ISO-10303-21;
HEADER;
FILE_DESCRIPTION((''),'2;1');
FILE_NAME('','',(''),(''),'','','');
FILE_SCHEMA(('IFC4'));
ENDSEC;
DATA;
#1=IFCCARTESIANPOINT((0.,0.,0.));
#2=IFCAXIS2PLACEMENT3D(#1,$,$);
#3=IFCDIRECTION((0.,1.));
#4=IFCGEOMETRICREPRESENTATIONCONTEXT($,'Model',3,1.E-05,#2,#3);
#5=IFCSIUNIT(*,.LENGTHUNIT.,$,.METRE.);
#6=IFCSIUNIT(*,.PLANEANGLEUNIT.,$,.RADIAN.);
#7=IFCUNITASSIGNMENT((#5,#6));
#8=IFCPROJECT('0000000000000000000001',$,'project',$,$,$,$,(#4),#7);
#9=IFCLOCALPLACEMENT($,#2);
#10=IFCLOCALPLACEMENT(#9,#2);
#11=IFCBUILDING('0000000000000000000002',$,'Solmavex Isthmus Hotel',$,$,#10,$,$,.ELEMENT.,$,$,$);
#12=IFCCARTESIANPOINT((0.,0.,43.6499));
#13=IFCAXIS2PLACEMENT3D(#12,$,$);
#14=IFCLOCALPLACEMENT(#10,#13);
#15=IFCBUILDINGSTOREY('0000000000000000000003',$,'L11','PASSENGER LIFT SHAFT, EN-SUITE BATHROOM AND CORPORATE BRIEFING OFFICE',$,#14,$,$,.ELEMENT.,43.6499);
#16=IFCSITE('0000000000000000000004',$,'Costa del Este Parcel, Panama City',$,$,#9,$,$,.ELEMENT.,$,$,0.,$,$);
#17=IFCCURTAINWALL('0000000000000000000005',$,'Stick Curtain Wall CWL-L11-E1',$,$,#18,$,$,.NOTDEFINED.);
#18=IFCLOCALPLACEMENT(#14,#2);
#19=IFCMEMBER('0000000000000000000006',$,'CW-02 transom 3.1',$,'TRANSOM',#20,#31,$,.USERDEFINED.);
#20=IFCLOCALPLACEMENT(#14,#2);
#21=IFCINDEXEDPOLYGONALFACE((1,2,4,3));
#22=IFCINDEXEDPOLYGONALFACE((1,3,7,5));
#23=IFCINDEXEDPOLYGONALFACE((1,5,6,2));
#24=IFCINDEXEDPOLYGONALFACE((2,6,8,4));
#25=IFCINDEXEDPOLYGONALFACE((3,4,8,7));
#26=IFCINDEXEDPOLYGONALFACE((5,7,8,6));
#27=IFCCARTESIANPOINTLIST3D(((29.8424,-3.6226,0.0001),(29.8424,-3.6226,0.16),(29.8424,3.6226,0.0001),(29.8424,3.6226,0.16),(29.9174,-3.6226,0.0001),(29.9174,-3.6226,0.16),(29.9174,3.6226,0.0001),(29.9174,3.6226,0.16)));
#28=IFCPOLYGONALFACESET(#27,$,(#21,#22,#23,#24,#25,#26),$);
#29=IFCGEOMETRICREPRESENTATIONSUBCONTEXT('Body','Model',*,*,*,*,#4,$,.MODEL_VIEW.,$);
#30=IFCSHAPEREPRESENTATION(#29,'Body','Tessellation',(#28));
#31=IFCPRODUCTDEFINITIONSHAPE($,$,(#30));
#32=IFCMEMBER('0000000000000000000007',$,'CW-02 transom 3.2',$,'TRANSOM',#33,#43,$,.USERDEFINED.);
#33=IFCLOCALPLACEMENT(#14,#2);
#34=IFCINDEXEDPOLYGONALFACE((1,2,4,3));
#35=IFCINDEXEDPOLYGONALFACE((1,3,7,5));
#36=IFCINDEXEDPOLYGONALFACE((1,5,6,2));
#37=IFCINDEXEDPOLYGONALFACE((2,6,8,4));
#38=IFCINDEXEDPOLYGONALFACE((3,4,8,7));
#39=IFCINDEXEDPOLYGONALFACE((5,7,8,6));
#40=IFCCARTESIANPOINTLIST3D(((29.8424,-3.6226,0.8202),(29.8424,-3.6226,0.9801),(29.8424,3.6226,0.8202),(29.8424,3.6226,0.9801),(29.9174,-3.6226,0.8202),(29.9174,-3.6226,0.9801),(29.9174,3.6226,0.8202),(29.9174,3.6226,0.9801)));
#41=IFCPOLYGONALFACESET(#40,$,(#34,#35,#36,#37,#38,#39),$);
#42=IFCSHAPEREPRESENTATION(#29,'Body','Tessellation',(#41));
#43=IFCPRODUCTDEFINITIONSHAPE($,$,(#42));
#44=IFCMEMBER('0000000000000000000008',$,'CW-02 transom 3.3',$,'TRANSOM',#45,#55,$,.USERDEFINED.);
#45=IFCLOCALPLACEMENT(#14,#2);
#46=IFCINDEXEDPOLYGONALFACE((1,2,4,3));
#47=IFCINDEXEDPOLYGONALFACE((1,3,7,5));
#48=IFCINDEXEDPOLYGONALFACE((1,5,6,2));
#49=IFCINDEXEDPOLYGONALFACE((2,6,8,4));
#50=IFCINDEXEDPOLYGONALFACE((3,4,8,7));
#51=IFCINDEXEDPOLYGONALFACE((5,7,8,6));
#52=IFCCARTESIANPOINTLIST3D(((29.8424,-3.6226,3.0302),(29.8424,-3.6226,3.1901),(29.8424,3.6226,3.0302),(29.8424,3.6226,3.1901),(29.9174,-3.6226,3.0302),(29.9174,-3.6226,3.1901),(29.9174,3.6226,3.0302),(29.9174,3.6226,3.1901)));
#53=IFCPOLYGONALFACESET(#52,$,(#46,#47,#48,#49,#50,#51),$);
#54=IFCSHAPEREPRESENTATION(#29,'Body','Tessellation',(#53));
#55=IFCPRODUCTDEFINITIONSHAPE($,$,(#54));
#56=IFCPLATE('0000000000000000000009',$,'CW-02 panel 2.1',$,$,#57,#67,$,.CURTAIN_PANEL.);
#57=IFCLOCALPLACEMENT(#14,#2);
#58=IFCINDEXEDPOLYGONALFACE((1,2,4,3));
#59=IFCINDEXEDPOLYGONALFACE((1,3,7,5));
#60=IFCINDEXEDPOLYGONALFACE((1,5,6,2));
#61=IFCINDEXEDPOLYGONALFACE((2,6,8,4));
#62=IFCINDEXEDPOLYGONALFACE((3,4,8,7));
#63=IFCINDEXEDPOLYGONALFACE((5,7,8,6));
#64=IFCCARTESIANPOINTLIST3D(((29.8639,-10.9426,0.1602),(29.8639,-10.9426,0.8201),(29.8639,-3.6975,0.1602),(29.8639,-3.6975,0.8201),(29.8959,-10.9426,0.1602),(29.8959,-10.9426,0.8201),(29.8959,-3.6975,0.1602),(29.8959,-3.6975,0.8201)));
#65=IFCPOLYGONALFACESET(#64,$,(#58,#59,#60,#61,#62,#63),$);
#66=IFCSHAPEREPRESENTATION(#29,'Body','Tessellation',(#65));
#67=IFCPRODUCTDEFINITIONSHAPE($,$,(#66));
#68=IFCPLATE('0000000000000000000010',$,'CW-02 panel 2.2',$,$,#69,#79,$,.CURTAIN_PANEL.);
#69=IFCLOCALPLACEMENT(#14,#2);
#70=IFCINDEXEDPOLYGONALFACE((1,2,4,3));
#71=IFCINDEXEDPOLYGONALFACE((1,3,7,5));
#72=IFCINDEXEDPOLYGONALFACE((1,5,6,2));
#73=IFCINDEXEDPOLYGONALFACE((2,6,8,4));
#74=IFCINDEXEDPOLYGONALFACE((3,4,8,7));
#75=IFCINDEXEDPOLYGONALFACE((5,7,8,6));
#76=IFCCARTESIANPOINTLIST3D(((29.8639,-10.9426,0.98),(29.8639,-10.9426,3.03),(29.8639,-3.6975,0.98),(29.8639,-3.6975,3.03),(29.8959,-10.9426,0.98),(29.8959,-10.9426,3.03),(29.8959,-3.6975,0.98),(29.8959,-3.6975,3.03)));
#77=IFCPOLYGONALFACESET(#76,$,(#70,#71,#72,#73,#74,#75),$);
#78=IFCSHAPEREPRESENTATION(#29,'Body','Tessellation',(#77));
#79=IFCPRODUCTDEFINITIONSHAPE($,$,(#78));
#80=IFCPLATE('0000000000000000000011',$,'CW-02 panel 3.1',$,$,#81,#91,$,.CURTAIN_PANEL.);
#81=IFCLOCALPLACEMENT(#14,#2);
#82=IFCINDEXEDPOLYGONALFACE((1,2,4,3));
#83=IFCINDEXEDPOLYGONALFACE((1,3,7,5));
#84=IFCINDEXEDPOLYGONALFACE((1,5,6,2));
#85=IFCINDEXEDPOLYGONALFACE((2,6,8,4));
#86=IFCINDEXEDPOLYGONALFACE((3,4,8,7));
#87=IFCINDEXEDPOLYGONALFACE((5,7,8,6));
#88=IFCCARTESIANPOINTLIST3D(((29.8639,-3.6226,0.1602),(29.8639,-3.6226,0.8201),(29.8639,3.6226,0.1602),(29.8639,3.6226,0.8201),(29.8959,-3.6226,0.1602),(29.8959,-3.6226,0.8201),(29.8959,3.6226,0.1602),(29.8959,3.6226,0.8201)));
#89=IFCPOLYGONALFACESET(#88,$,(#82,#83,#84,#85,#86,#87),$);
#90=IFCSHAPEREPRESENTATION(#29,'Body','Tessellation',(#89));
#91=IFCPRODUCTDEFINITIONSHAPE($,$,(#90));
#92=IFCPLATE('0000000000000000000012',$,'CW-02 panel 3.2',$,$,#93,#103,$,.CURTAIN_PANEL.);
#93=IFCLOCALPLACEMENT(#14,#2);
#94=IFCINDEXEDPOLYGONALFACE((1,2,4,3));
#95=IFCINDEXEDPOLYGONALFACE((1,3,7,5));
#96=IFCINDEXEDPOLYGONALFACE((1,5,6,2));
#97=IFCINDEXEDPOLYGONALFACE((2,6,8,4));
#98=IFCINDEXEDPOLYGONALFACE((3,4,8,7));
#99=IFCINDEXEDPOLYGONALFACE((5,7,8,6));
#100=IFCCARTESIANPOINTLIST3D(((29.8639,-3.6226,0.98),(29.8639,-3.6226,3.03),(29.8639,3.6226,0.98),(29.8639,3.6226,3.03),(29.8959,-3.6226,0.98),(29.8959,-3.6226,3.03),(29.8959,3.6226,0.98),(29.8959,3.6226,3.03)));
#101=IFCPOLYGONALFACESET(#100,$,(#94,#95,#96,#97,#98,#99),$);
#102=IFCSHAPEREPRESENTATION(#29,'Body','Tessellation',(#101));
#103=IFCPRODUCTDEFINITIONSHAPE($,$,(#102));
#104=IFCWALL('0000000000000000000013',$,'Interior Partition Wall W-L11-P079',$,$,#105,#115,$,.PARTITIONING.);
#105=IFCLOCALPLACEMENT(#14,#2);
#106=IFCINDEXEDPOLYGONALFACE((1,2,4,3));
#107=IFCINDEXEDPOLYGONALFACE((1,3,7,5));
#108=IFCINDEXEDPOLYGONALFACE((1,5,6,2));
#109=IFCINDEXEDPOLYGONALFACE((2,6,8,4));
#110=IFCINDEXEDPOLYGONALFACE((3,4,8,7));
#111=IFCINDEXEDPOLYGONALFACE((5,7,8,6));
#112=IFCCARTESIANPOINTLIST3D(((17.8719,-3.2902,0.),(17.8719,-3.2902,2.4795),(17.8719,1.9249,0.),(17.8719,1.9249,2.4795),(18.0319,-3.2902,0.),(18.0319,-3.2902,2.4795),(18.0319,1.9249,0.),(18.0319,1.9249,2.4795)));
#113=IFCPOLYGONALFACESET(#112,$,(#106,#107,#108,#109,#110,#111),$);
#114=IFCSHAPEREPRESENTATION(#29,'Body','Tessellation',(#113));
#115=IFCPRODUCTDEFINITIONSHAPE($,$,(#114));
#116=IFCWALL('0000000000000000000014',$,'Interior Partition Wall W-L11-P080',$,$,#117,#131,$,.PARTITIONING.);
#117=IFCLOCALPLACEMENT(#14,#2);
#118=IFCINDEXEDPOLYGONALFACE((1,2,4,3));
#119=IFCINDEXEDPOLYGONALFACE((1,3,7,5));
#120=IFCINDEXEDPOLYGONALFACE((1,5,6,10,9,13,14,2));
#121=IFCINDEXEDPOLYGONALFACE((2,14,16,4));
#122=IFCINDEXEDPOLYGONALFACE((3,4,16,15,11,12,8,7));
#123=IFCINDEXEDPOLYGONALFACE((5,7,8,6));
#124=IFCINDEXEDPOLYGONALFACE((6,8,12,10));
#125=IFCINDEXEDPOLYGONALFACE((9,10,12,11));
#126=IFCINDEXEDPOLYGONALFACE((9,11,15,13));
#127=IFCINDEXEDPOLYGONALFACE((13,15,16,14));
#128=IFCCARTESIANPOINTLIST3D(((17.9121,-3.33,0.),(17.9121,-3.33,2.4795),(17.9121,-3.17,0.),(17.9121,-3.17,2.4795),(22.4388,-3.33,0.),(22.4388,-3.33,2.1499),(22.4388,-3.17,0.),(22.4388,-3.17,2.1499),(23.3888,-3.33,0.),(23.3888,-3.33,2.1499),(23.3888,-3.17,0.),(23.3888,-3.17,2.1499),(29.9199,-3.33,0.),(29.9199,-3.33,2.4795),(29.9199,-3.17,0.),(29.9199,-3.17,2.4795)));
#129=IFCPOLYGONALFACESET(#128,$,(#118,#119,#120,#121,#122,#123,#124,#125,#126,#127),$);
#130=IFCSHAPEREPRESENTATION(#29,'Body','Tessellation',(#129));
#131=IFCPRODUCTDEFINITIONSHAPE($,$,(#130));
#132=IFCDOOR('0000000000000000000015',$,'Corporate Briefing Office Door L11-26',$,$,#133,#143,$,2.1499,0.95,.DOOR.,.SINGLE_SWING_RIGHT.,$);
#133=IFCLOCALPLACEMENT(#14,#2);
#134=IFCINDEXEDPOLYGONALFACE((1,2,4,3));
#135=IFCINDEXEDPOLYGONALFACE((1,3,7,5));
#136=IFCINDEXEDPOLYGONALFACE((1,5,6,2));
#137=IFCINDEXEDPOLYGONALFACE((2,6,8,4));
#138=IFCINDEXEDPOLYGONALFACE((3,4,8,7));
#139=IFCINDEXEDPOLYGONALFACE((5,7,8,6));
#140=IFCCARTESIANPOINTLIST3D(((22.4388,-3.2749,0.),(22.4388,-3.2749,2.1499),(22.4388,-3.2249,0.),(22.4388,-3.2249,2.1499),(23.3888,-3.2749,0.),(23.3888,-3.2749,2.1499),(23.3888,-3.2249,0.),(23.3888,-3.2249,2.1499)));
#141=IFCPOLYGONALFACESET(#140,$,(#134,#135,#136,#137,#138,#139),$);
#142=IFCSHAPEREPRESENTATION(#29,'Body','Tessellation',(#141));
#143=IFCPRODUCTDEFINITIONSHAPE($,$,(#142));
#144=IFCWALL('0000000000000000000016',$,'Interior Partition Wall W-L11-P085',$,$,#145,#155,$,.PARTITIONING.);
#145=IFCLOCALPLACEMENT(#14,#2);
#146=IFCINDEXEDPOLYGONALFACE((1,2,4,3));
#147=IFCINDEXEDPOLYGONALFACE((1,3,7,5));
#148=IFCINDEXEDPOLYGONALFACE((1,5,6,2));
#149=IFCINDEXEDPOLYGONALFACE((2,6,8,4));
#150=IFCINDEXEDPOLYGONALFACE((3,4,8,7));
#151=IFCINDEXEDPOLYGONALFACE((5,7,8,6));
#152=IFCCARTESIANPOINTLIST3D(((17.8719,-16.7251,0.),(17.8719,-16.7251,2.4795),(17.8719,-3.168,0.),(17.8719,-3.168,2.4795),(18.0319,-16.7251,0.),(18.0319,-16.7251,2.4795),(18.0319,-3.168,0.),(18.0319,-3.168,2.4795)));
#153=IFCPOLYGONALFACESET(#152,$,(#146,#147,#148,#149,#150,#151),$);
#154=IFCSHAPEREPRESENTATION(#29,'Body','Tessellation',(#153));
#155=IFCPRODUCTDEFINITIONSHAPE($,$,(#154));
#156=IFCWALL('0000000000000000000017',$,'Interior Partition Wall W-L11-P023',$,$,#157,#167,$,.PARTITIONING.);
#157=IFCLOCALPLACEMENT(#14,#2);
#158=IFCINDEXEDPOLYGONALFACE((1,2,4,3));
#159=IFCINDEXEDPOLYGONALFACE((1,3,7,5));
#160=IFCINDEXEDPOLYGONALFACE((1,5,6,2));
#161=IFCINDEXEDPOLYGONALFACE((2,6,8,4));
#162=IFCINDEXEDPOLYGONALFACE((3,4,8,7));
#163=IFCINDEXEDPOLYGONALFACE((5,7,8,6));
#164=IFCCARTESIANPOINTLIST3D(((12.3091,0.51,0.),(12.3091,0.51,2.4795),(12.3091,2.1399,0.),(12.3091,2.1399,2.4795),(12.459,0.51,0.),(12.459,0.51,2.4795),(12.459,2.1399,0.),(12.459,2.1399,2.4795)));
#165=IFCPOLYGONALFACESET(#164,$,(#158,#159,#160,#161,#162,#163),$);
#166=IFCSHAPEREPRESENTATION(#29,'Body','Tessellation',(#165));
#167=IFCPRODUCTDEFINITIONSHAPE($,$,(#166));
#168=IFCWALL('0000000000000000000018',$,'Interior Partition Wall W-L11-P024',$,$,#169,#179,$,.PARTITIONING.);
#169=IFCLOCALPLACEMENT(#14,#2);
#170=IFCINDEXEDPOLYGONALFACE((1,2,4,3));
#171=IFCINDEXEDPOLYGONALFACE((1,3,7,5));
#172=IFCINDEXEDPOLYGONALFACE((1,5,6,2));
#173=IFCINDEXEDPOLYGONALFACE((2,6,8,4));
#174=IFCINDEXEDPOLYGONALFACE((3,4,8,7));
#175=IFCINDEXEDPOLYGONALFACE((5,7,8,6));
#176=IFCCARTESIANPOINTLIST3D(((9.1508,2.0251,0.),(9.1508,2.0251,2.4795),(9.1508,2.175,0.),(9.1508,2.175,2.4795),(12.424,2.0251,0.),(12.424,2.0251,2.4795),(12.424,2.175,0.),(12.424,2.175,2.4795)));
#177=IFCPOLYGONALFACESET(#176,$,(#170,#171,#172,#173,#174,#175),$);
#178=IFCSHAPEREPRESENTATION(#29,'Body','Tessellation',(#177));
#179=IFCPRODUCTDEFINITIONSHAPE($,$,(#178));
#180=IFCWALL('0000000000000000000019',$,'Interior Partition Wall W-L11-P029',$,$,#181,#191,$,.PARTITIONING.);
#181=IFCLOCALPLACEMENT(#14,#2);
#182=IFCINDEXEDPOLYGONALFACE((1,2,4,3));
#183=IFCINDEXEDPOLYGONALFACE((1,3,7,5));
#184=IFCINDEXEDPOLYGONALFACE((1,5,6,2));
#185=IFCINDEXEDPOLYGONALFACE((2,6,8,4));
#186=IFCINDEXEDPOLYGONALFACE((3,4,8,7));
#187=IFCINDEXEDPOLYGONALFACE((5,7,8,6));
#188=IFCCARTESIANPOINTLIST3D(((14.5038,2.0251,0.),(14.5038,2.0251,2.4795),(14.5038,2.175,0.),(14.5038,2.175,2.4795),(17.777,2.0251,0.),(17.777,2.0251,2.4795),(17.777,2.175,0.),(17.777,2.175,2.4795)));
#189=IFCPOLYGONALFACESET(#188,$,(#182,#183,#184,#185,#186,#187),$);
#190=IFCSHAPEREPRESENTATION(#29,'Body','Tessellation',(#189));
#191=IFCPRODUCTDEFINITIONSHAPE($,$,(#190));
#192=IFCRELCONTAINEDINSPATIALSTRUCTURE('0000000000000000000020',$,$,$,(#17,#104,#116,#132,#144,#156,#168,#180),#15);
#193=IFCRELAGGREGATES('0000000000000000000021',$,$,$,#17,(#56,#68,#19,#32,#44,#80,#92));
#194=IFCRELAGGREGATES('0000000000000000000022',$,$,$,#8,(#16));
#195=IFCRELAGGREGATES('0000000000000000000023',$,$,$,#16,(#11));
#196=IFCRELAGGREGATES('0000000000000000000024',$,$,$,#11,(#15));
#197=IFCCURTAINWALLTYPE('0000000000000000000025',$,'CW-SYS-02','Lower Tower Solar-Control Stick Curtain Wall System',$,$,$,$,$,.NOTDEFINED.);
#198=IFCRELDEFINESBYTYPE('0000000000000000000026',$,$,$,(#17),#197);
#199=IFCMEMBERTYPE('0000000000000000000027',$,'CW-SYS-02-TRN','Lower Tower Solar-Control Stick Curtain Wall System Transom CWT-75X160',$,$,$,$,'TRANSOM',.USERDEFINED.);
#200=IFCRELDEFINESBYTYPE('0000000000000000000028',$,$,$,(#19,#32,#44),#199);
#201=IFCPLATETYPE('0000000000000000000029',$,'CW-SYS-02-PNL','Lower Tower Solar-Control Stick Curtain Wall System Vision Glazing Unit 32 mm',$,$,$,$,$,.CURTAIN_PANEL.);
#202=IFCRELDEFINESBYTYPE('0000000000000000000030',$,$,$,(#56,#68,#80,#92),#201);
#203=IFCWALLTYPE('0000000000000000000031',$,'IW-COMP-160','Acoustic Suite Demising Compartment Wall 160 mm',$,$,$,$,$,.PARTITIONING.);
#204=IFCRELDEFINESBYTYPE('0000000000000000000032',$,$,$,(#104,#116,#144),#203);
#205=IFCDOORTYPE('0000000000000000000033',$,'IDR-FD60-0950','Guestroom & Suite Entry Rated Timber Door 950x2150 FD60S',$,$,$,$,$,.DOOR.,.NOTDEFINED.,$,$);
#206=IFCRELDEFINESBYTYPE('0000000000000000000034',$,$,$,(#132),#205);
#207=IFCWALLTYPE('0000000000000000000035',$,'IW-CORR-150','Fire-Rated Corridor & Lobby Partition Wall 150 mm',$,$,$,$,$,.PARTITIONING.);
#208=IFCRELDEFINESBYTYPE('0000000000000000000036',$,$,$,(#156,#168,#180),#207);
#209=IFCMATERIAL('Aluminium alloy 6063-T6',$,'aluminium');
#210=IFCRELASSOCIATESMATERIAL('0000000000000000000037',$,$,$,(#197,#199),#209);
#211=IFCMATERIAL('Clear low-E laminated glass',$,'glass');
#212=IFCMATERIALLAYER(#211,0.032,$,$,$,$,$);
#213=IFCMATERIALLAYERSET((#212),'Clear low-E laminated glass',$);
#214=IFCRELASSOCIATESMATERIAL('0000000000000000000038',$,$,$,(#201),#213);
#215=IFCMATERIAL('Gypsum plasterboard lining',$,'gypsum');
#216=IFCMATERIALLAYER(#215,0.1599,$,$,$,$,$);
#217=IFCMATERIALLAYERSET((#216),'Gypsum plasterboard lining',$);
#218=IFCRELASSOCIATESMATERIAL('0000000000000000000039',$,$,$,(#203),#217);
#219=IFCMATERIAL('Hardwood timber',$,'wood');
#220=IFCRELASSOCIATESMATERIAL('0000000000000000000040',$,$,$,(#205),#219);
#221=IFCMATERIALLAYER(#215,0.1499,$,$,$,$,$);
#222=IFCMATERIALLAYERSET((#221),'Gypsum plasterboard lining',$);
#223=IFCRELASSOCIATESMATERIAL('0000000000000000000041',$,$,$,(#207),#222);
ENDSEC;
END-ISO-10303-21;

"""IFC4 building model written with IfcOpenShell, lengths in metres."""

from ifc_helpers import new_model, si_unit, direction, frame, frame_2d, origin, origin_2d, place, context, subcontext, project, spatial, rectangle, extrude, material, layer, layer_set, material_profile, profile_set, type_object, element, fill, aggregate, save


model = new_model("IFC4")

# Units and contexts
model_context = context("Model", 3, precision=1e-05, world=origin(), true_north=direction((0.0, 1.0)))
body_context = subcontext(model_context, "Body", "Model", "MODEL_VIEW")
ifc_project = project(units=[si_unit("LENGTHUNIT", "METRE"), si_unit("PLANEANGLEUNIT", "RADIAN")], contexts=[model_context])

# Site, building, storey
site_placement = place(None, origin())
site = spatial("IfcSite", under=ifc_project, at=site_placement, Name="Costa del Este Parcel, Panama City", CompositionType="ELEMENT", RefElevation=0.0)
building_placement = place(site_placement, origin())
building = spatial("IfcBuilding", under=site, at=building_placement, Name="Solmavex Isthmus Hotel", CompositionType="ELEMENT")
storey_placement = place(building_placement, frame((0.0, 0.0, 43.6499)))
storey = spatial("IfcBuildingStorey", under=building, at=storey_placement, Name="L11", Description="PASSENGER LIFT SHAFT, EN-SUITE BATHROOM AND CORPORATE BRIEFING OFFICE", CompositionType="ELEMENT", Elevation=43.6499)

# Curtain wall, members, plates
ifc_material_1 = material(Name="Aluminium alloy 6063-T6", Category="aluminium")
curtain_wall_type = type_object("IfcCurtainWallType", Name="CW-SYS-02", Description="Lower Tower Solar-Control Stick Curtain Wall System", PredefinedType="NOTDEFINED", material=ifc_material_1)
curtain_wall_placement = place(storey_placement, origin())
curtain_wall = element("IfcCurtainWall", 1, at=curtain_wall_placement, inside=storey, type_object=curtain_wall_type, Name="Stick Curtain Wall CWL-L11-E1", PredefinedType="NOTDEFINED")
ifc_material_profile_1 = material_profile(ifc_material_1, rectangle(XDim=0.075, YDim=0.1599, at=origin_2d()), Name="CWT-75X160")
ifc_profile_set_1 = profile_set([ifc_material_profile_1], Name="Aluminium alloy 6063-T6")
member_type_1 = type_object("IfcMemberType", Name="CW-SYS-02-TRN", Description="Lower Tower Solar-Control Stick Curtain Wall System Transom CWT-75X160", ElementType="TRANSOM", PredefinedType="USERDEFINED", material=ifc_profile_set_1)
member_1_placement = place(storey_placement, frame((29.8799, -3.6226, 0.0801), z_axis=(0.0, 1.0, 0.0), x_axis=(-1.0, 0.0, 0.0)))
member_1 = element("IfcMember", 2, at=member_1_placement, type_object=member_type_1, Name="CW-02 transom 3.1", ObjectType="TRANSOM", PredefinedType="USERDEFINED", context=body_context, shape_type="SweptSolid", body=[
    extrude(rectangle(XDim=0.075, YDim=0.1599, at=origin_2d()), origin(), (0.0, 0.0, 1.0), 7.2451),
])
member_2_placement = place(storey_placement, frame((29.8799, -3.6226, 0.9001), z_axis=(0.0, 1.0, 0.0), x_axis=(-1.0, 0.0, 0.0)))
member_2 = element("IfcMember", 3, at=member_2_placement, type_object=member_type_1, Name="CW-02 transom 3.2", ObjectType="TRANSOM", PredefinedType="USERDEFINED", context=body_context, shape_type="SweptSolid", body=[
    extrude(rectangle(XDim=0.075, YDim=0.1599, at=origin_2d()), origin(), (0.0, 0.0, 1.0), 7.2451),
])
member_3_placement = place(storey_placement, frame((29.8799, -3.6226, 3.1101), z_axis=(0.0, 1.0, 0.0), x_axis=(-1.0, 0.0, 0.0)))
member_3 = element("IfcMember", 4, at=member_3_placement, type_object=member_type_1, Name="CW-02 transom 3.3", ObjectType="TRANSOM", PredefinedType="USERDEFINED", context=body_context, shape_type="SweptSolid", body=[
    extrude(rectangle(XDim=0.075, YDim=0.1599, at=origin_2d()), origin(), (0.0, 0.0, 1.0), 7.2451),
])
ifc_material_2 = material(Name="Clear low-E laminated glass", Category="glass")
ifc_layer_1 = layer(ifc_material_2, 0.032)
ifc_layer_set_1 = layer_set([ifc_layer_1], Name="Clear low-E laminated glass")
plate_type = type_object("IfcPlateType", Name="CW-SYS-02-PNL", Description="Lower Tower Solar-Control Stick Curtain Wall System Vision Glazing Unit 32 mm", PredefinedType="CURTAIN_PANEL", material=ifc_layer_set_1)
plate_1_placement = place(storey_placement, frame((29.8799, -7.3201, 0.1602), z_axis=(0.0, 0.0, 1.0), x_axis=(0.0, 1.0, 0.0)))
plate_1 = element("IfcPlate", 5, at=plate_1_placement, type_object=plate_type, Name="CW-02 panel 2.1", PredefinedType="CURTAIN_PANEL", context=body_context, shape_type="SweptSolid", body=[
    extrude(rectangle(XDim=7.2451, YDim=0.032, at=origin_2d()), origin(), (0.0, 0.0, 1.0), 0.6599),
])
plate_2_placement = place(storey_placement, frame((29.8799, -7.3201, 0.98), z_axis=(0.0, 0.0, 1.0), x_axis=(0.0, 1.0, 0.0)))
plate_2 = element("IfcPlate", 6, at=plate_2_placement, type_object=plate_type, Name="CW-02 panel 2.2", PredefinedType="CURTAIN_PANEL", context=body_context, shape_type="SweptSolid", body=[
    extrude(rectangle(XDim=7.2451, YDim=0.032, at=origin_2d()), origin(), (0.0, 0.0, 1.0), 2.05),
])
plate_3_placement = place(storey_placement, frame((29.8799, 0.0, 0.1602), z_axis=(0.0, 0.0, 1.0), x_axis=(0.0, 1.0, 0.0)))
plate_3 = element("IfcPlate", 7, at=plate_3_placement, type_object=plate_type, Name="CW-02 panel 3.1", PredefinedType="CURTAIN_PANEL", context=body_context, shape_type="SweptSolid", body=[
    extrude(rectangle(XDim=7.2451, YDim=0.032, at=origin_2d()), origin(), (0.0, 0.0, 1.0), 0.6599),
])
plate_4_placement = place(storey_placement, frame((29.8799, 0.0, 0.98), z_axis=(0.0, 0.0, 1.0), x_axis=(0.0, 1.0, 0.0)))
plate_4 = element("IfcPlate", 8, at=plate_4_placement, type_object=plate_type, Name="CW-02 panel 3.2", PredefinedType="CURTAIN_PANEL", context=body_context, shape_type="SweptSolid", body=[
    extrude(rectangle(XDim=7.2451, YDim=0.032, at=origin_2d()), origin(), (0.0, 0.0, 1.0), 2.05),
])
aggregate(curtain_wall, [plate_1, plate_2, member_1, member_2, member_3, plate_3, plate_4])

# Wall
ifc_material_3 = material(Name="Gypsum plasterboard lining", Category="gypsum")
ifc_layer_2 = layer(ifc_material_3, 0.1599)
ifc_layer_set_2 = layer_set([ifc_layer_2], Name="Gypsum plasterboard lining")
wall_type_1 = type_object("IfcWallType", Name="IW-COMP-160", Description="Acoustic Suite Demising Compartment Wall 160 mm", PredefinedType="PARTITIONING", material=ifc_layer_set_2)
wall_1_placement = place(storey_placement, frame((17.9519, -3.29, 0.0), z_axis=(0.0, 0.0, 1.0), x_axis=(0.0, 1.0, 0.0)))
element("IfcWall", 9, at=wall_1_placement, inside=storey, type_object=wall_type_1, Name="Interior Partition Wall W-L11-P079", PredefinedType="PARTITIONING", context=body_context, shape_type="SweptSolid", body=[
    extrude(rectangle(XDim=5.2151, YDim=0.1599, at=frame_2d((2.6074, 0.0))), origin(), (0.0, 0.0, 1.0), 2.4795),
])

# Wall, opening, door
wall_2_placement = place(storey_placement, frame((29.9199, -3.25, 0.0), z_axis=(0.0, 0.0, 1.0), x_axis=(-1.0, 0.0, 0.0)))
wall_2 = element("IfcWall", 10, at=wall_2_placement, inside=storey, type_object=wall_type_1, Name="Interior Partition Wall W-L11-P080", PredefinedType="PARTITIONING", context=body_context, shape_type="SweptSolid", body=[
    extrude(rectangle(XDim=12.0078, YDim=0.1599, at=frame_2d((6.0039, 0.0))), origin(), (0.0, 0.0, 1.0), 2.4795),
])
opening_1_placement = place(wall_2_placement, frame((6.531, 0.0, 0.0)))
opening_1 = element("IfcOpeningElement", 11, at=opening_1_placement, cuts=wall_2, PredefinedType="OPENING", context=body_context, shape_type="SweptSolid", body=[
    extrude(rectangle(XDim=0.95, YDim=2.1499, at=frame_2d((0.4751, 1.075))), frame((0.0, 0.0898, 0.0), z_axis=(0.0, -1.0, 0.0), x_axis=(1.0, 0.0, 0.0)), (0.0, 0.0, 1.0), 0.1799),
])
ifc_material_4 = material(Name="Hardwood timber", Category="wood")
door_type_1 = type_object("IfcDoorType", Name="IDR-FD60-0950", Description="Guestroom & Suite Entry Rated Timber Door 950x2150 FD60S", OperationType="NOTDEFINED", PredefinedType="DOOR", material=ifc_material_4)
door_1_placement = place(opening_1_placement, origin())
door_1 = element("IfcDoor", 12, at=door_1_placement, inside=storey, type_object=door_type_1, Name="Corporate Briefing Office Door L11-26", OperationType="SINGLE_SWING_RIGHT", OverallHeight=2.1499, OverallWidth=0.95, PredefinedType="DOOR", context=body_context, shape_type="SweptSolid", body=[
    extrude(rectangle(XDim=0.95, YDim=2.1499, at=frame_2d((0.4751, 1.075))), frame((0.0, 0.0249, 0.0), z_axis=(0.0, -1.0, 0.0), x_axis=(1.0, 0.0, 0.0)), (0.0, 0.0, 1.0), 0.05),
])
fill(opening_1, door_1)

# Walls
wall_3_placement = place(storey_placement, frame((17.9519, -3.168, 0.0), z_axis=(0.0, 0.0, 1.0), x_axis=(0.0, -1.0, 0.0)))
element("IfcWall", 13, at=wall_3_placement, inside=storey, type_object=wall_type_1, Name="Interior Partition Wall W-L11-P085", PredefinedType="PARTITIONING", context=body_context, shape_type="SweptSolid", body=[
    extrude(rectangle(XDim=13.5571, YDim=0.1599, at=frame_2d((6.7786, 0.0))), origin(), (0.0, 0.0, 1.0), 2.4795),
])
ifc_layer_3 = layer(ifc_material_3, 0.1499)
ifc_layer_set_3 = layer_set([ifc_layer_3], Name="Gypsum plasterboard lining")
wall_type_2 = type_object("IfcWallType", Name="IW-CORR-150", Description="Fire-Rated Corridor & Lobby Partition Wall 150 mm", PredefinedType="PARTITIONING", material=ifc_layer_set_3)
wall_4_placement = place(storey_placement, frame((12.384, 0.51, 0.0), z_axis=(0.0, 0.0, 1.0), x_axis=(0.0, 1.0, 0.0)))
element("IfcWall", 14, at=wall_4_placement, inside=storey, type_object=wall_type_2, Name="Interior Partition Wall W-L11-P023", PredefinedType="PARTITIONING", context=body_context, shape_type="SweptSolid", body=[
    extrude(rectangle(XDim=1.6299, YDim=0.1499, at=frame_2d((0.8149, 0.0))), origin(), (0.0, 0.0, 1.0), 2.4795),
])
for number, where, z_axis, x_axis, name in (
    (15, (12.4241, 2.1001, 0.0), (0.0, 0.0, 1.0), (-1.0, 0.0, 0.0), "Interior Partition Wall W-L11-P024"),
    (16, (17.7771, 2.1001, 0.0), (0.0, 0.0, 1.0), (-1.0, 0.0, 0.0), "Interior Partition Wall W-L11-P029"),
):
    element("IfcWall", number, at=place(storey_placement, frame(where, z_axis=z_axis, x_axis=x_axis)), inside=storey, type_object=wall_type_2, Name=name, PredefinedType="PARTITIONING", context=body_context, shape_type="SweptSolid", body=[
        extrude(rectangle(XDim=3.2732, YDim=0.1499, at=frame_2d((1.6367, 0.0))), origin(), (0.0, 0.0, 1.0), 2.4795),
    ])

save(model, "model.ifc")
